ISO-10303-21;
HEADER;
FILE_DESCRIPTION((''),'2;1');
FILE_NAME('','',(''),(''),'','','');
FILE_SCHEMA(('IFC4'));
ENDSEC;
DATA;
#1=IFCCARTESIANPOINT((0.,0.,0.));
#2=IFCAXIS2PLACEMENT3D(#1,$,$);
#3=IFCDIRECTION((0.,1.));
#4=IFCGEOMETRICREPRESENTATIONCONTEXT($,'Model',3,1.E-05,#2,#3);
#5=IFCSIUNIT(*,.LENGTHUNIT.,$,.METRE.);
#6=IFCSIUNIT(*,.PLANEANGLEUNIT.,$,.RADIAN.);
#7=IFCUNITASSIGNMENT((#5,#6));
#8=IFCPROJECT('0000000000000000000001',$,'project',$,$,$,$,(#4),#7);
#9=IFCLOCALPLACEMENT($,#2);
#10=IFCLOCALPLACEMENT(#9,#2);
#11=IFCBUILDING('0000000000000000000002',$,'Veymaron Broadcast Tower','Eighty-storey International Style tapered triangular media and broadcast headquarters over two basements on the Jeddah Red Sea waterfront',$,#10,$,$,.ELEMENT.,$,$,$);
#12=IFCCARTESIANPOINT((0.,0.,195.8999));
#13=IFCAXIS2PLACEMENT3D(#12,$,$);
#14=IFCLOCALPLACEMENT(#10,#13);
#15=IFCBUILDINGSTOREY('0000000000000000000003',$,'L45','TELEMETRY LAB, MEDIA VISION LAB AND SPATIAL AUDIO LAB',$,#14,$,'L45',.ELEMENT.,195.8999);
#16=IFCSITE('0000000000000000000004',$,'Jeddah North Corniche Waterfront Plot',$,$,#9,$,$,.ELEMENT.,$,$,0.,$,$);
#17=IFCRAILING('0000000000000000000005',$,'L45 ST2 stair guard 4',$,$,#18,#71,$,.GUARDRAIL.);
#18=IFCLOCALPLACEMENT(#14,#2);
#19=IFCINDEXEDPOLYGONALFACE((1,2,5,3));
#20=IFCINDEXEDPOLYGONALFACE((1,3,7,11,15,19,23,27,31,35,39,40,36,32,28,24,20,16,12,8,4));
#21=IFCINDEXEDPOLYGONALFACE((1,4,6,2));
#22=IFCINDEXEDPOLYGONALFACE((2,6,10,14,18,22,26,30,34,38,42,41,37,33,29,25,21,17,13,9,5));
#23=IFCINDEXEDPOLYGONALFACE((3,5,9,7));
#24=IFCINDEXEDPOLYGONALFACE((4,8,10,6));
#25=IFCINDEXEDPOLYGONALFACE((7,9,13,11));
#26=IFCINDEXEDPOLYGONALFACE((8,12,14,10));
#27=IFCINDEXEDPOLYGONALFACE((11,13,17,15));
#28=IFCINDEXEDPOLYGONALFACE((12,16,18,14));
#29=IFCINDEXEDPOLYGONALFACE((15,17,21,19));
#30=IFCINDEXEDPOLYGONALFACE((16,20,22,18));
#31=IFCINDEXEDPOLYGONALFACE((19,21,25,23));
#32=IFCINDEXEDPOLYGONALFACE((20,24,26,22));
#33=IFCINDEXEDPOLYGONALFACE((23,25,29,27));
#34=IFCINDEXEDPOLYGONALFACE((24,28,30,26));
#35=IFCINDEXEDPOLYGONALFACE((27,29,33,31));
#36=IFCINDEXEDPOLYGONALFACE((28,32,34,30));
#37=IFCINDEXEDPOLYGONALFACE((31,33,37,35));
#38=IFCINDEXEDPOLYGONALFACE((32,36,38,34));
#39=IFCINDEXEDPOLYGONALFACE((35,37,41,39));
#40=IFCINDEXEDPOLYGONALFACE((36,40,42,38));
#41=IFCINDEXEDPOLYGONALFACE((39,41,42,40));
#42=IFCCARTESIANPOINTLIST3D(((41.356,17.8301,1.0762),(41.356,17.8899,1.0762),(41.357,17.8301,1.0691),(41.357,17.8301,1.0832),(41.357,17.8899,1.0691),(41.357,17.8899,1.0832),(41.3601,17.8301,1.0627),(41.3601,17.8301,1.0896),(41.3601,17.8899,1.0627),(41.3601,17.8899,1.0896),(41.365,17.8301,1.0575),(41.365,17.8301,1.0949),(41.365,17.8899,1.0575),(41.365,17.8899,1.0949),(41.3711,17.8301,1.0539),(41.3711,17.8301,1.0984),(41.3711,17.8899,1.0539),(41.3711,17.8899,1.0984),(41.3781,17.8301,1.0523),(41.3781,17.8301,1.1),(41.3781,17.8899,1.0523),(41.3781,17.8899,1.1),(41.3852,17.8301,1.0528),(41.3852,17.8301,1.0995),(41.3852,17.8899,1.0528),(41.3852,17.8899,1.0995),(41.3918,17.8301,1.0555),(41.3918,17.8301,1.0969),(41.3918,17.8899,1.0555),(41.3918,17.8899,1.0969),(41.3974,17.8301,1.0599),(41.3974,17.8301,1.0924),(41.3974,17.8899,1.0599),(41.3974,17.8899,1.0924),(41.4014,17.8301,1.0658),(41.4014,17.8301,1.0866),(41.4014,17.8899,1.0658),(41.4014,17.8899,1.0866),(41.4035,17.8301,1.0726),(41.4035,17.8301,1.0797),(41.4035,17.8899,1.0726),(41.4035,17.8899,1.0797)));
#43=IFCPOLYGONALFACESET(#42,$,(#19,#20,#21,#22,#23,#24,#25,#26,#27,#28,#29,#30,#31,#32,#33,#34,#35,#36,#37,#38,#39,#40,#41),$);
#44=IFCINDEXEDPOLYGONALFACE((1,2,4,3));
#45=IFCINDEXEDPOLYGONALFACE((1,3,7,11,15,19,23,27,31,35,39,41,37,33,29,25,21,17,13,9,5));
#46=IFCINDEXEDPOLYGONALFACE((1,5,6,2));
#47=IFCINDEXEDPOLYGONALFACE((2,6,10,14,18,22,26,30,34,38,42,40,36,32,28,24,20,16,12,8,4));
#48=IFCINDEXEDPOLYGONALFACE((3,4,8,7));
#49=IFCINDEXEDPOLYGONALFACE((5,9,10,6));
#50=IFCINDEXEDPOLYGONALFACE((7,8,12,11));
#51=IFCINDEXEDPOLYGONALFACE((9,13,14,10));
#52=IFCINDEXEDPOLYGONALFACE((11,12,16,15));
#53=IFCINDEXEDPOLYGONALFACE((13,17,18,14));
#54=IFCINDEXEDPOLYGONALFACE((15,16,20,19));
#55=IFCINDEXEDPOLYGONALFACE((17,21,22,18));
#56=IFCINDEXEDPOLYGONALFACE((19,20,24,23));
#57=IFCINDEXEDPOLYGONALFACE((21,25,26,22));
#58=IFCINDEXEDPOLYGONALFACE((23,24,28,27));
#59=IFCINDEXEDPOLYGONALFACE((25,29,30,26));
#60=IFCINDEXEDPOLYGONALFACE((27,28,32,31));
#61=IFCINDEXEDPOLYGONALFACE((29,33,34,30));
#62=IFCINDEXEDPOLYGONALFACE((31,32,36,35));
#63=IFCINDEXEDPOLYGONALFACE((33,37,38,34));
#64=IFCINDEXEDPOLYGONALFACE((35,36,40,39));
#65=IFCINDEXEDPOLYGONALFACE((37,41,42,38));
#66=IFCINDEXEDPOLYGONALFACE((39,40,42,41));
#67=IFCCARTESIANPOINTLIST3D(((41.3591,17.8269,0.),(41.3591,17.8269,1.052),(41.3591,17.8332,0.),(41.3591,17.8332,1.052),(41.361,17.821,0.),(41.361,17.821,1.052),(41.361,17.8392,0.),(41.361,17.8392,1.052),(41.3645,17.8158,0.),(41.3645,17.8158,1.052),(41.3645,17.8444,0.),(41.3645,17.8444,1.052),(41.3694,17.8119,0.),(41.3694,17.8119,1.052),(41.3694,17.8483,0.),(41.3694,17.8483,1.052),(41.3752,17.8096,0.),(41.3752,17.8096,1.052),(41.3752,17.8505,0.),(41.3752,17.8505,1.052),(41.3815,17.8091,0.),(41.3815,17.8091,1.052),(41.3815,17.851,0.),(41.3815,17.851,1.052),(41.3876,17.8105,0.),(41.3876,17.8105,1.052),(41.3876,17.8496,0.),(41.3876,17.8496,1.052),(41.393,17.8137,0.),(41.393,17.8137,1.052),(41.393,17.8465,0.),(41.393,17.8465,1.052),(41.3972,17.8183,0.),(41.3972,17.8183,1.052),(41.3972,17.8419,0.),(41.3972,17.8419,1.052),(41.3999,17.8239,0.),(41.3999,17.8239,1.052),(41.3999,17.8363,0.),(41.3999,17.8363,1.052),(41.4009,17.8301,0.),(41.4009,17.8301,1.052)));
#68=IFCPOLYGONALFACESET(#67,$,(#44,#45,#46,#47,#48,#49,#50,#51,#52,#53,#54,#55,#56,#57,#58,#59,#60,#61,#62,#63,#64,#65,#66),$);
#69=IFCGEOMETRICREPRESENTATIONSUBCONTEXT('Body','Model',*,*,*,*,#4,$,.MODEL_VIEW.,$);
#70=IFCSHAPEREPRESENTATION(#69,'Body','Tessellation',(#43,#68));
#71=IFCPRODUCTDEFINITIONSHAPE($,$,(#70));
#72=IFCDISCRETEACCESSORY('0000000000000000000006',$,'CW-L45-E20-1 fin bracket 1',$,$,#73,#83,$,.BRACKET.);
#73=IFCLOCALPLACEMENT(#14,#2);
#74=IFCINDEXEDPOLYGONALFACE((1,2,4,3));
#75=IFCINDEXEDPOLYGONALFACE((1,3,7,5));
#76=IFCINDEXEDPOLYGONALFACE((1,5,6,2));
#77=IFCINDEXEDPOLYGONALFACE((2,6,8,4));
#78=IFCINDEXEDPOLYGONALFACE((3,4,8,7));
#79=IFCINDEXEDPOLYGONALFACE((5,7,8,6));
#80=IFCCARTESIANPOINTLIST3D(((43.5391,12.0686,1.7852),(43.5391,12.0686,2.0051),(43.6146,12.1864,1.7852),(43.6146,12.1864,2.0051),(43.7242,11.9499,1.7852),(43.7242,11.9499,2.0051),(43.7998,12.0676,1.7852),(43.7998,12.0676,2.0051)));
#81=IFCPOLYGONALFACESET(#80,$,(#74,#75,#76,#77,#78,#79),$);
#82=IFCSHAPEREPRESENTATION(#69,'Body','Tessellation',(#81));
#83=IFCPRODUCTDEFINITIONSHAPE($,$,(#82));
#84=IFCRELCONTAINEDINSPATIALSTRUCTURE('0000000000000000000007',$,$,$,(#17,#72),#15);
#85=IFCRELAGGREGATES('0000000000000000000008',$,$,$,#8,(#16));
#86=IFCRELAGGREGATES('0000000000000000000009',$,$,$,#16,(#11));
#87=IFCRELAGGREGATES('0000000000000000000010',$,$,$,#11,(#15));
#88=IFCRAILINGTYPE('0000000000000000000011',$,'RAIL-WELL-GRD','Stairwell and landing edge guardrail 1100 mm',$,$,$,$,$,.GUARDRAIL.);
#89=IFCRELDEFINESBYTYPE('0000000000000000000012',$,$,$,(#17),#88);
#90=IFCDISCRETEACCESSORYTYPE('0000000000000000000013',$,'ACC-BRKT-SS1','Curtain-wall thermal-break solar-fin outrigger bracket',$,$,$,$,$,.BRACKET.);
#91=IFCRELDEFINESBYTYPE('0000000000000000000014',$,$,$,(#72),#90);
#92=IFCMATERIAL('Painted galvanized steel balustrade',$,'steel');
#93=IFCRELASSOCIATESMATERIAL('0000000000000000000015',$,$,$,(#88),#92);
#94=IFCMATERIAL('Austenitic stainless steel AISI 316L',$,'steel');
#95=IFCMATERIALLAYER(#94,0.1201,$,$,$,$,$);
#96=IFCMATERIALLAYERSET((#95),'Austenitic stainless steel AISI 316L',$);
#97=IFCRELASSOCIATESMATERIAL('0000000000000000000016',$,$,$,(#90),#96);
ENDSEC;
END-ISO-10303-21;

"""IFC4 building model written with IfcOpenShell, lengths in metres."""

from ifc_helpers import new_model, si_unit, direction, frame, origin, origin_2d, place, context, subcontext, project, spatial, rectangle, circle, extrude, material, layer, layer_set, type_object, element, save


model = new_model("IFC4")

# Units and contexts
model_context = context("Model", 3, precision=1e-05, world=origin(), true_north=direction((0.0, 1.0)))
body_context = subcontext(model_context, "Body", "Model", "MODEL_VIEW")
ifc_project = project(units=[si_unit("LENGTHUNIT", "METRE"), si_unit("PLANEANGLEUNIT", "RADIAN")], contexts=[model_context])

# Site, building, storey
site_placement = place(None, origin())
site = spatial("IfcSite", under=ifc_project, at=site_placement, Name="Jeddah North Corniche Waterfront Plot", CompositionType="ELEMENT", RefElevation=0.0)
building_placement = place(site_placement, origin())
building = spatial("IfcBuilding", under=site, at=building_placement, Name="Veymaron Broadcast Tower", Description="Eighty-storey International Style tapered triangular media and broadcast headquarters over two basements on the Jeddah Red Sea waterfront", CompositionType="ELEMENT")
storey_placement = place(building_placement, frame((0.0, 0.0, 195.8999)))
storey = spatial("IfcBuildingStorey", under=building, at=storey_placement, Name="L45", Description="TELEMETRY LAB, MEDIA VISION LAB AND SPATIAL AUDIO LAB", LongName="L45", CompositionType="ELEMENT", Elevation=195.8999)

# Railing
ifc_material_1 = material(Name="Painted galvanized steel balustrade", Category="steel")
railing_type_1 = type_object("IfcRailingType", Name="RAIL-WELL-GRD", Description="Stairwell and landing edge guardrail 1100 mm", PredefinedType="GUARDRAIL", material=ifc_material_1)
railing_1_placement = place(storey_placement, frame((41.3799, 17.8301, 0.0)))
element("IfcRailing", 1, at=railing_1_placement, inside=storey, type_object=railing_type_1, Name="L45 ST2 stair guard 4", PredefinedType="GUARDRAIL", context=body_context, shape_type="SweptSolid", body=[
    extrude(circle(Radius=0.0239, at=origin_2d()), frame((0.0, 0.0, 1.0762), z_axis=(0.0, 1.0, 0.0), x_axis=(-1.0, 0.0, 0.0)), (0.0, 0.0, 1.0), 0.0598),
    extrude(circle(Radius=0.021, at=origin_2d()), origin(), (0.0, 0.0, 1.0), 1.052),
])

# Discrete accessory
ifc_material_2 = material(Name="Austenitic stainless steel AISI 316L", Category="steel")
ifc_layer_1 = layer(ifc_material_2, 0.1201)
ifc_layer_set_1 = layer_set([ifc_layer_1], Name="Austenitic stainless steel AISI 316L")
discrete_accessory_type = type_object("IfcDiscreteAccessoryType", Name="ACC-BRKT-SS1", Description="Curtain-wall thermal-break solar-fin outrigger bracket", PredefinedType="BRACKET", material=ifc_layer_set_1)
discrete_accessory_placement = place(storey_placement, frame((43.6694, 12.0681, 1.7852), z_axis=(0.0, 0.0, 1.0), x_axis=(0.84169, -0.539961, 0.0)))
element("IfcDiscreteAccessory", 2, at=discrete_accessory_placement, inside=storey, type_object=discrete_accessory_type, Name="CW-L45-E20-1 fin bracket 1", PredefinedType="BRACKET", context=body_context, shape_type="SweptSolid", body=[
    extrude(rectangle(XDim=0.22, YDim=0.1399, at=origin_2d()), origin(), (0.0, 0.0, 1.0), 0.22),
])

save(model, "model.ifc")
